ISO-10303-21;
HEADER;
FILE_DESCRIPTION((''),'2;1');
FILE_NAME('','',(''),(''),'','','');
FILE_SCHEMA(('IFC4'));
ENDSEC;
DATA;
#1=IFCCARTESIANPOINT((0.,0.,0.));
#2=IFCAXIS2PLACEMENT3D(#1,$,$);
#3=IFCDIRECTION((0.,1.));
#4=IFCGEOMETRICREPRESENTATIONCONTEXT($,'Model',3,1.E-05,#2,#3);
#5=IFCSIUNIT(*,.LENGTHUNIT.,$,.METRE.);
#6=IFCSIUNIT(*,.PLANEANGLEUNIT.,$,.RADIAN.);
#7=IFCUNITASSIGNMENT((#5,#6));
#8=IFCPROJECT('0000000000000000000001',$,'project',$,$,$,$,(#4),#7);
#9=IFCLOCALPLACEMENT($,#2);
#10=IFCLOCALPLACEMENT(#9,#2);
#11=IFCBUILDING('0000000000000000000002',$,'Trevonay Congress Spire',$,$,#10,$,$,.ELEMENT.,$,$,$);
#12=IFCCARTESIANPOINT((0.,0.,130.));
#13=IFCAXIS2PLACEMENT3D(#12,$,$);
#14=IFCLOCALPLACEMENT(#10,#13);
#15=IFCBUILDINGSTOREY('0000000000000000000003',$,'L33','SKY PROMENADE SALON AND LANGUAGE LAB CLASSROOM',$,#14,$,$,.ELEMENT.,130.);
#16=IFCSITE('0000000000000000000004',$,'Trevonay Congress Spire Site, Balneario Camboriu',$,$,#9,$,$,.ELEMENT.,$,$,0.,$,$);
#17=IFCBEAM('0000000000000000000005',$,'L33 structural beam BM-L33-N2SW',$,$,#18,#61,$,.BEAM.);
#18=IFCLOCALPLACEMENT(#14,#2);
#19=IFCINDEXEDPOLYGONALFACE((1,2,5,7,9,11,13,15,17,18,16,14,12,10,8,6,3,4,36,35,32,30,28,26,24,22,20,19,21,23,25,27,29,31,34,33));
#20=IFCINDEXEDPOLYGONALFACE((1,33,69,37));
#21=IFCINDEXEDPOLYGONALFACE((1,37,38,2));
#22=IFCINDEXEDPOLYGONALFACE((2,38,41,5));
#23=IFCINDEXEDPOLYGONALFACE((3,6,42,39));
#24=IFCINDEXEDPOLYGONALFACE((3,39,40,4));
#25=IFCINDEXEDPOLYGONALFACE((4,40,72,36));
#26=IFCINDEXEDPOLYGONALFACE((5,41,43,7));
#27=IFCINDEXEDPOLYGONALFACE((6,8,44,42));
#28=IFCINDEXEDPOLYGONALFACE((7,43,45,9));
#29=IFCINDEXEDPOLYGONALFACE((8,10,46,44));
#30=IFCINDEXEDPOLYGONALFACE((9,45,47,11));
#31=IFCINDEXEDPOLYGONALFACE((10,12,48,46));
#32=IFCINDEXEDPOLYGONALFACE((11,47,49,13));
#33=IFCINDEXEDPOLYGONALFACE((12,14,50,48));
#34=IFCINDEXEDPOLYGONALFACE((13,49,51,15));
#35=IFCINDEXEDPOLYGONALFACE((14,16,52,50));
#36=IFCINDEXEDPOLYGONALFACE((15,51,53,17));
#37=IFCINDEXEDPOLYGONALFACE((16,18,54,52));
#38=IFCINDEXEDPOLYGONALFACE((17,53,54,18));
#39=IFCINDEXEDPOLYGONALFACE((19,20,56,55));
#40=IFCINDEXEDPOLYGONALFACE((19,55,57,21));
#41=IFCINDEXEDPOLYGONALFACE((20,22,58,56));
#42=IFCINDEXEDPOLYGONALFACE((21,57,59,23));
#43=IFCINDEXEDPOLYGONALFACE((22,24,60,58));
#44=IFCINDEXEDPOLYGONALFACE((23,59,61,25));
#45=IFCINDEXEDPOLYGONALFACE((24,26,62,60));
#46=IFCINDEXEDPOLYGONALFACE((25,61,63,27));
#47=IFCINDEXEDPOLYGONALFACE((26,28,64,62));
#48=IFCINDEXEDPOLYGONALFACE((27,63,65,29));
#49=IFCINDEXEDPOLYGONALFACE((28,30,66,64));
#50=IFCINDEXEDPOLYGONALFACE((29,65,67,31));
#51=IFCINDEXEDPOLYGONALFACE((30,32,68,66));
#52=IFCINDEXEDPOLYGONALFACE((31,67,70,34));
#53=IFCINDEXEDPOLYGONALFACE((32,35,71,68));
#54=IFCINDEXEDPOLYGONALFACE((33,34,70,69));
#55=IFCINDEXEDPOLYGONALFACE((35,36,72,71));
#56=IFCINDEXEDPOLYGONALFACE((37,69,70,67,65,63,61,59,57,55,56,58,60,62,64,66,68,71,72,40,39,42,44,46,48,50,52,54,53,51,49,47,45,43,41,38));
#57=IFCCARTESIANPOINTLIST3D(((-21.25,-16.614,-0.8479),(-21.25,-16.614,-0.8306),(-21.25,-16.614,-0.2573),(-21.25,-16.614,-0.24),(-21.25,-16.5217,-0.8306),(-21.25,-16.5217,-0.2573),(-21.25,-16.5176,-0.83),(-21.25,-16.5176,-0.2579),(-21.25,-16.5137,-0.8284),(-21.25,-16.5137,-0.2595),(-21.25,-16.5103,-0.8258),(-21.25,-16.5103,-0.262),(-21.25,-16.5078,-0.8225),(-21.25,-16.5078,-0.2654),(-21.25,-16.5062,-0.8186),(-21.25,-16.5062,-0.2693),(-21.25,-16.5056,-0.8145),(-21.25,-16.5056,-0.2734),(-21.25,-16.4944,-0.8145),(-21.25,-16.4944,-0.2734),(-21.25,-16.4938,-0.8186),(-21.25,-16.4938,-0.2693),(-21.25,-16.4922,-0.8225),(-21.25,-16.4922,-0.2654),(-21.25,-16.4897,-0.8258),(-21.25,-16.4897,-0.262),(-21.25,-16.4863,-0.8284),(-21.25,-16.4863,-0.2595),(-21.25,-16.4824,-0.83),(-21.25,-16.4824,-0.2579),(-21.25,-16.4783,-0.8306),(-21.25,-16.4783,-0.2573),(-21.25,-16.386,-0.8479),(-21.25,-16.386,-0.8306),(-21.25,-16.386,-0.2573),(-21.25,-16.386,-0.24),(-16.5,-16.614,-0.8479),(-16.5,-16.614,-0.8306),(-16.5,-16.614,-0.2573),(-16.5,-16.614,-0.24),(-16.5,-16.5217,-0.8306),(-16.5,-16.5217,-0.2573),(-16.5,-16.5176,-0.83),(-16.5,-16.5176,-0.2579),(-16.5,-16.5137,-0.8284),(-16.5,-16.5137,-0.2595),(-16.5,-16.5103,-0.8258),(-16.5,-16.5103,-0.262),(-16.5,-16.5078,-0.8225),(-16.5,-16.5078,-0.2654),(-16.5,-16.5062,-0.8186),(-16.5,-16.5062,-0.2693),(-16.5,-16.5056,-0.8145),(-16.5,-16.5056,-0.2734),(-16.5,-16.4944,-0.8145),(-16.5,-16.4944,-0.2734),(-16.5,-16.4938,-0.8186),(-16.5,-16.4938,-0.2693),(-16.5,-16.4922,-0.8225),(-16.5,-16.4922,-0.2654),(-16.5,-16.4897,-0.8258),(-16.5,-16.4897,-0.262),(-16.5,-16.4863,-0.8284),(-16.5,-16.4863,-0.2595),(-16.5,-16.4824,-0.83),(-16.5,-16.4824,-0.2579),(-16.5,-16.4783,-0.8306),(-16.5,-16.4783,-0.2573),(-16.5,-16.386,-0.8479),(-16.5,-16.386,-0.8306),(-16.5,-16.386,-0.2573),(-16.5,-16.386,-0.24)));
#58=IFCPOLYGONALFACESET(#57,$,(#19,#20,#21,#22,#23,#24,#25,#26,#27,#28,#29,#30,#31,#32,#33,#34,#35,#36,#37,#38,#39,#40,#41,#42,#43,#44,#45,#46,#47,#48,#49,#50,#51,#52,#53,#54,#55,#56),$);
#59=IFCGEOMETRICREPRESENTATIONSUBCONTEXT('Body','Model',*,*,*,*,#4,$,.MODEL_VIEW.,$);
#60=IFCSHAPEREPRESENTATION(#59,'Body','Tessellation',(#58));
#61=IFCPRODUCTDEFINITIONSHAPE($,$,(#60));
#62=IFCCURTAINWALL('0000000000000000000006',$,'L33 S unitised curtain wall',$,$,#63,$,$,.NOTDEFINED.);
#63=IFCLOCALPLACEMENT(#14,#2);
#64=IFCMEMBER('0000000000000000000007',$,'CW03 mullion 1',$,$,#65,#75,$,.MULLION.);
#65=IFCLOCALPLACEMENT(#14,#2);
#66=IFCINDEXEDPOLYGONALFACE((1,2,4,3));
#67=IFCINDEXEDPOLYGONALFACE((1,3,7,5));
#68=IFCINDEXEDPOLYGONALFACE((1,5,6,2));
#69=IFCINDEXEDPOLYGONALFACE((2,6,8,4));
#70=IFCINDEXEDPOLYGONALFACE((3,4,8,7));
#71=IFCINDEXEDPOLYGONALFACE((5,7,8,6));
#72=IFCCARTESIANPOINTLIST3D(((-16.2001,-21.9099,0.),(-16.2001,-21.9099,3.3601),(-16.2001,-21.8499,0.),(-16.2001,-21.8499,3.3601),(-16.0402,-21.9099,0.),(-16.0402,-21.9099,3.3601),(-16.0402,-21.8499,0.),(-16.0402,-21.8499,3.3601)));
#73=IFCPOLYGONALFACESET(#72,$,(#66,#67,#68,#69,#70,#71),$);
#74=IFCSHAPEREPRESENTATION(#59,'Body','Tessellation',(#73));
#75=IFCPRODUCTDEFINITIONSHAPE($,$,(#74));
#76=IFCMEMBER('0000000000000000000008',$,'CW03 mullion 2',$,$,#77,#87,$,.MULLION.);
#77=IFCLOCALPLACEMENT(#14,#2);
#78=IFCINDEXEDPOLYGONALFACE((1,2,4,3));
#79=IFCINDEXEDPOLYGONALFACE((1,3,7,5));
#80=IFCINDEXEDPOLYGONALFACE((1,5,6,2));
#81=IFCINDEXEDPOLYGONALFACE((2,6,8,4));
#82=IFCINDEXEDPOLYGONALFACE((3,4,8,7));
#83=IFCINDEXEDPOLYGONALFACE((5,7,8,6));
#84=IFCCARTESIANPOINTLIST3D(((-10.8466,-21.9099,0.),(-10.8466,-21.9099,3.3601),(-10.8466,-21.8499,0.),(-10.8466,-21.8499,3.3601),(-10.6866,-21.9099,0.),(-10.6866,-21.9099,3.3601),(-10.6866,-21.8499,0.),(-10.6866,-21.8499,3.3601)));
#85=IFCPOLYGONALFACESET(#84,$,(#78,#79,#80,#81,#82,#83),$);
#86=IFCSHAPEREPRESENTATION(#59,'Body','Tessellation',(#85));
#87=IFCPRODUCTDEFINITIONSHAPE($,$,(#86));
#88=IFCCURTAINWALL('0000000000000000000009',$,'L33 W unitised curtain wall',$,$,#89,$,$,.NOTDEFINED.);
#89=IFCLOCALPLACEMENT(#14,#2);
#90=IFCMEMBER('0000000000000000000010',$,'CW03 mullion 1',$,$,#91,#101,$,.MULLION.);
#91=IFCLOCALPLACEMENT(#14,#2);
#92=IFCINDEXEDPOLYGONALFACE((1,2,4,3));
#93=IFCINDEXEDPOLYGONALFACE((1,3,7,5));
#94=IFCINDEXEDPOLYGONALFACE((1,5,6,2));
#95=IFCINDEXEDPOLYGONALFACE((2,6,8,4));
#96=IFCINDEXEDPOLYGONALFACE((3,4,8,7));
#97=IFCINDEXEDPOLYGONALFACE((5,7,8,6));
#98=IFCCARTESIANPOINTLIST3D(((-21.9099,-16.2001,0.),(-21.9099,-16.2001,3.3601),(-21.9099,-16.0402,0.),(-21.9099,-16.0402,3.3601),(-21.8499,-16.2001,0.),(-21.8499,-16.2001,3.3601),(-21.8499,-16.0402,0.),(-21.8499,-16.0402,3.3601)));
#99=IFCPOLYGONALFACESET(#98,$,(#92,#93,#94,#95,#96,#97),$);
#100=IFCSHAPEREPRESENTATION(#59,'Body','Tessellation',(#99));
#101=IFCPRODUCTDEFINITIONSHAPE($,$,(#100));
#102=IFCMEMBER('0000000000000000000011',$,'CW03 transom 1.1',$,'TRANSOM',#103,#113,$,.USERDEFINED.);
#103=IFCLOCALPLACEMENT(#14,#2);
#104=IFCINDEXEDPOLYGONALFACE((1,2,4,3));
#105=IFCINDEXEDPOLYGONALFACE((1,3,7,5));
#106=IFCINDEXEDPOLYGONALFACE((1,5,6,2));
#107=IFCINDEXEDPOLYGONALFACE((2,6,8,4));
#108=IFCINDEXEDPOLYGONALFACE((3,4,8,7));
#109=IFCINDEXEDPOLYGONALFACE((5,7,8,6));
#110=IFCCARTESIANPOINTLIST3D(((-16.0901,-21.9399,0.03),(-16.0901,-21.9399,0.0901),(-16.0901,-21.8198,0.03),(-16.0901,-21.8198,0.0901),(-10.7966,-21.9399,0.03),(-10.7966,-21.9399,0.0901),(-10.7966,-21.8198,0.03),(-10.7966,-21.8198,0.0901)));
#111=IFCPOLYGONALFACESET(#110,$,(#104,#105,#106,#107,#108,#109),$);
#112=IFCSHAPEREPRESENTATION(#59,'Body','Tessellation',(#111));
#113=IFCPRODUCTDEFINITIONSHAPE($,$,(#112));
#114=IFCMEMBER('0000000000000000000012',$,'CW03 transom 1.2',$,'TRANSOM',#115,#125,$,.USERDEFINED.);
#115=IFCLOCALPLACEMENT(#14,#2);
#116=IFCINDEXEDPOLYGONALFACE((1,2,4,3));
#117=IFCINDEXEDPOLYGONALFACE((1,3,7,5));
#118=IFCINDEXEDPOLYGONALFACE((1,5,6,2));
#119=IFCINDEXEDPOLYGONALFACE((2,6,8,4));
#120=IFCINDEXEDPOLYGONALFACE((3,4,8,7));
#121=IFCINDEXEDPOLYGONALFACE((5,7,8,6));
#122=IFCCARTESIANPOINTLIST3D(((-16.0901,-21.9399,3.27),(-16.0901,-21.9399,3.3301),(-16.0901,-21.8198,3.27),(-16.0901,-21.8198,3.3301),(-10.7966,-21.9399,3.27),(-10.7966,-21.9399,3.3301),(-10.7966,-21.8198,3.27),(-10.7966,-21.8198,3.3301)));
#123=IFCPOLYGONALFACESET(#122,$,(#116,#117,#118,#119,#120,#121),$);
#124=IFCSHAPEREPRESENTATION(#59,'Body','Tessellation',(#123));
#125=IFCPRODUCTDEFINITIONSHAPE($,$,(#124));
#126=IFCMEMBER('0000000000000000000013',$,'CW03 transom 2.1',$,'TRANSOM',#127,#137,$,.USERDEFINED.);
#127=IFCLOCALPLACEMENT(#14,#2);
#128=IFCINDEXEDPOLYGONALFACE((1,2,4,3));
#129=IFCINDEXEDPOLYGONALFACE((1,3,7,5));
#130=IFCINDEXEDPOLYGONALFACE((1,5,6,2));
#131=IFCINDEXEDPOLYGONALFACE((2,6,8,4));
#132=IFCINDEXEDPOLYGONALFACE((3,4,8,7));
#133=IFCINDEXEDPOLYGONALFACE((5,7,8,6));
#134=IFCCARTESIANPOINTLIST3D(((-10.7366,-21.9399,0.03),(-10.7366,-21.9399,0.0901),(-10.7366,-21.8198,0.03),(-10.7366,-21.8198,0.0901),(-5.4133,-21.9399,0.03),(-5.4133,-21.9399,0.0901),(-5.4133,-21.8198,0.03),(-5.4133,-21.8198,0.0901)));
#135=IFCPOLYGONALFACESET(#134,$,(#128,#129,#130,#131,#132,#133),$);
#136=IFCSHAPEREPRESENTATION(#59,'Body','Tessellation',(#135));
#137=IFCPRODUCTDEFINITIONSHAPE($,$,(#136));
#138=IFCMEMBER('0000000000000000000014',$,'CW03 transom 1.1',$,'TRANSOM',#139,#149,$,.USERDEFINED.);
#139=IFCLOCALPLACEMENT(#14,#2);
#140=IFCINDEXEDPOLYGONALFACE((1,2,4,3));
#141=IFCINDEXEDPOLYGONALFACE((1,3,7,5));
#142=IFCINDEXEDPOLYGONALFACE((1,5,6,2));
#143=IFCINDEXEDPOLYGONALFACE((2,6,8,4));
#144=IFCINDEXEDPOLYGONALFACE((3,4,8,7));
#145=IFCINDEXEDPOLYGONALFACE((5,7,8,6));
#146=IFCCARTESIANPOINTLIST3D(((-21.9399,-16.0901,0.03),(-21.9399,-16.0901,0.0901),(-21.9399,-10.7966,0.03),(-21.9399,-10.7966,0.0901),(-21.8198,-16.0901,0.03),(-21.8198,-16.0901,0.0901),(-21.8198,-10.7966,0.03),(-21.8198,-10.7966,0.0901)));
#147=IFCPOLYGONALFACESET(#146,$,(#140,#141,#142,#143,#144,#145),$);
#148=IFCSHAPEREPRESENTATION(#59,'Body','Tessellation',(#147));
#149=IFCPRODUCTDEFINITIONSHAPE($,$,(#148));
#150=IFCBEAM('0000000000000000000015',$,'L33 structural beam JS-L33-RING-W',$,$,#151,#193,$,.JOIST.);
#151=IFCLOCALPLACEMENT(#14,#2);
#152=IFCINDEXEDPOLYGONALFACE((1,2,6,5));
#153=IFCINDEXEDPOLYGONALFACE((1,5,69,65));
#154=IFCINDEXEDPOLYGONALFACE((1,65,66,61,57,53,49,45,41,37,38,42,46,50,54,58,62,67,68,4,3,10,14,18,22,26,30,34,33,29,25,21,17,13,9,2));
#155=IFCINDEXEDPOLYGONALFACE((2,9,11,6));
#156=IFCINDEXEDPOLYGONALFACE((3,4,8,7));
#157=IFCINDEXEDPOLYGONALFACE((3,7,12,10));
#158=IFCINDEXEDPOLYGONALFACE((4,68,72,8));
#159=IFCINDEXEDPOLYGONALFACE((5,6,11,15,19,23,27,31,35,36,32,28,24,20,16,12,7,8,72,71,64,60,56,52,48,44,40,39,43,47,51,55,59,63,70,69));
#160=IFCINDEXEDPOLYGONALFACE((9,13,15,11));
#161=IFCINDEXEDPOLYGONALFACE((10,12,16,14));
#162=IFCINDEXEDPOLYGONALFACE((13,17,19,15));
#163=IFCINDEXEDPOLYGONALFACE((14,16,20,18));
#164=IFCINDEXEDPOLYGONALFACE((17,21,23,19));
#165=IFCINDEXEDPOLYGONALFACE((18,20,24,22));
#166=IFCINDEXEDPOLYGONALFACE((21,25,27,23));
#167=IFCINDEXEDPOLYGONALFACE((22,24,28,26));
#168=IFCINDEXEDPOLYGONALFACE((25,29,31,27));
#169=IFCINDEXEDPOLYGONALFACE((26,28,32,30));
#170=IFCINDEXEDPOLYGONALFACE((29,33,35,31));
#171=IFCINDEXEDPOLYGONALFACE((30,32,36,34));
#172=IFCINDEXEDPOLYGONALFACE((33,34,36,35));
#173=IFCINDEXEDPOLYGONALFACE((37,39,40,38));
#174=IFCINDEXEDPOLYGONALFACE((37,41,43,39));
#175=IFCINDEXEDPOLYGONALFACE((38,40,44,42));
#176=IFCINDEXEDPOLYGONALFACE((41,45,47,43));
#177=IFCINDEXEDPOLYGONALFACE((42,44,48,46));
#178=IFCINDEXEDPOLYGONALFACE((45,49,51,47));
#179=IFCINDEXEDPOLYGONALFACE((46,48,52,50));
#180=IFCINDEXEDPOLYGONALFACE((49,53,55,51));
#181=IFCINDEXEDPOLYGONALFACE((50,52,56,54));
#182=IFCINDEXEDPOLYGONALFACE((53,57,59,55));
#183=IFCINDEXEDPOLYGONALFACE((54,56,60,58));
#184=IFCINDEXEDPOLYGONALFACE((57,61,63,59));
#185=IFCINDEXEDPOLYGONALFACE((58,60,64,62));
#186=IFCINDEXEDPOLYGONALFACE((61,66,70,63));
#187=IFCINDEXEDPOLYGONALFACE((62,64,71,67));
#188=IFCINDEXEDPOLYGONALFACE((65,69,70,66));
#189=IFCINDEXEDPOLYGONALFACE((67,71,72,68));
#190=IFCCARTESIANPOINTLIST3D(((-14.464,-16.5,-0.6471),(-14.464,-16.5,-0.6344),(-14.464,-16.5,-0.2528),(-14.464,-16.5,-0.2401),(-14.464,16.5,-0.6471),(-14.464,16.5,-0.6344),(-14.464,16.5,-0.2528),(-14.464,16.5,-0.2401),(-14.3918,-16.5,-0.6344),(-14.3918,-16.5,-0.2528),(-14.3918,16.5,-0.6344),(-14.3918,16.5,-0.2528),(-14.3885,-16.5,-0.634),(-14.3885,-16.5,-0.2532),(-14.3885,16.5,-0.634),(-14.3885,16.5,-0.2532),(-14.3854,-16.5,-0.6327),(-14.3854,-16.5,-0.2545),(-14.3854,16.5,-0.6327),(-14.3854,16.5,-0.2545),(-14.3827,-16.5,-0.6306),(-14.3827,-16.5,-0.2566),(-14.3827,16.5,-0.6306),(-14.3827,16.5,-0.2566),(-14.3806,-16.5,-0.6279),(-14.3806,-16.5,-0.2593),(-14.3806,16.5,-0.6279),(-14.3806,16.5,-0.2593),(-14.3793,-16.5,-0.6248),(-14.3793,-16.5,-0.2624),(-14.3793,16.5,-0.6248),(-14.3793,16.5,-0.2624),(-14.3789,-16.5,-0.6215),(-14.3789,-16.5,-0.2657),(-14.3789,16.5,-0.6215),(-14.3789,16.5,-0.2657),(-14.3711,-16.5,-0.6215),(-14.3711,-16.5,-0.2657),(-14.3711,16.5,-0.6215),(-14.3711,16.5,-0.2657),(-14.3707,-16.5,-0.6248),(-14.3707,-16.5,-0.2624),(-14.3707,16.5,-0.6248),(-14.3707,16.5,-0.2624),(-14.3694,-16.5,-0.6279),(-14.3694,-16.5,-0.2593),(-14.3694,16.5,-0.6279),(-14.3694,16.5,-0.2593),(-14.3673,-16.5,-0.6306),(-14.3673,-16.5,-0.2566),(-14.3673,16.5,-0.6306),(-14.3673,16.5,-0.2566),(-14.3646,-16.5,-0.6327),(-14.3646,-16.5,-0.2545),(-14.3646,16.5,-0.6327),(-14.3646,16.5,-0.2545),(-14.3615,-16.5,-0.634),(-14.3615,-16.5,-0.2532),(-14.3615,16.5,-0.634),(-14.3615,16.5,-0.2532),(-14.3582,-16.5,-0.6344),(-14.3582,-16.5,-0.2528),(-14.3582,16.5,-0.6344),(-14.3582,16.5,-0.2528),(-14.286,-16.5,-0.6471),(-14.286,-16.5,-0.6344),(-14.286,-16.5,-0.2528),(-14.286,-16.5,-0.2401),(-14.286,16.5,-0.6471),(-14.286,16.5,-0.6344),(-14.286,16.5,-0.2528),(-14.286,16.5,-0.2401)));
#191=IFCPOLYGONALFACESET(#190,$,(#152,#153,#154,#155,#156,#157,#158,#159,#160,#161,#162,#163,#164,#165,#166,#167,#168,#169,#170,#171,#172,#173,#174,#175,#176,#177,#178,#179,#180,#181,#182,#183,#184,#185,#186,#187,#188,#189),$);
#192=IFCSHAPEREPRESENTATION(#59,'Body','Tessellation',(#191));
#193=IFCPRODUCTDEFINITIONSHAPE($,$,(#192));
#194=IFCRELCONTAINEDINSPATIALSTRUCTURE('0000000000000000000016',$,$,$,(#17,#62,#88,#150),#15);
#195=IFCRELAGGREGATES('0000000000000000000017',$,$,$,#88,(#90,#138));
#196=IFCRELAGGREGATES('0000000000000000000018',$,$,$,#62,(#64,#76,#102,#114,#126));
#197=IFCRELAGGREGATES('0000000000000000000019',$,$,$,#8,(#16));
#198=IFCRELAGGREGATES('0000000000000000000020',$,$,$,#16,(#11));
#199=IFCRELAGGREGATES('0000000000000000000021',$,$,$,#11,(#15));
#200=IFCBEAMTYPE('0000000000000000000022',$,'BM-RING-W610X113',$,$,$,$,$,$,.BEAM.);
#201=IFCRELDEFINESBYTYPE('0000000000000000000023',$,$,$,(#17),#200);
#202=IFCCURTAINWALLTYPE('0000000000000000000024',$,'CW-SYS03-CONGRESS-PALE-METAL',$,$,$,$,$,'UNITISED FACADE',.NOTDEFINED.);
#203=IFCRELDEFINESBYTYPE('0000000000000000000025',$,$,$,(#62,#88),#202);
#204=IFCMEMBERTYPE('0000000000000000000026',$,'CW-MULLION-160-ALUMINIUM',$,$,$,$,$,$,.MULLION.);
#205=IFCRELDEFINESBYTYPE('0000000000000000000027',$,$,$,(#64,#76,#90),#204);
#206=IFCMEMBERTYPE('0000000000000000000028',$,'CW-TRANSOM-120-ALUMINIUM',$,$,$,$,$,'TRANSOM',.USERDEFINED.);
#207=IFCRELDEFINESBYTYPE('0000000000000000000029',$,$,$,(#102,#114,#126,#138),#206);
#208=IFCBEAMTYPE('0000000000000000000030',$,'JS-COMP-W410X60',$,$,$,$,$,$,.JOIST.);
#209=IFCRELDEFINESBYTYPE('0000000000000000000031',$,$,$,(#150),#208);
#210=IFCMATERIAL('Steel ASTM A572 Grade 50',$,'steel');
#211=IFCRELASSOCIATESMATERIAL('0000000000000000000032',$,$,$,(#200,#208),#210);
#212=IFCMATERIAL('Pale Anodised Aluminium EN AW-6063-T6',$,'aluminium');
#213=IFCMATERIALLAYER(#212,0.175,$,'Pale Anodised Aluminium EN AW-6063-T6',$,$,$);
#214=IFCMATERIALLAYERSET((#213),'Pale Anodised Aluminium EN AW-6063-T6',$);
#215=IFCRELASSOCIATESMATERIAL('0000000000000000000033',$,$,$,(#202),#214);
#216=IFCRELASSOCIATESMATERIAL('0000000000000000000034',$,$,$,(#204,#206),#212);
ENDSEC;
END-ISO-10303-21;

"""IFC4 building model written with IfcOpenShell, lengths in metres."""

from ifc_helpers import new_model, si_unit, direction, frame, origin, origin_2d, place, context, subcontext, project, spatial, rectangle, i_section, extrude, material, layer, layer_set, material_profile, profile_set, type_object, element, aggregate, save


model = new_model("IFC4")

# Units and contexts
model_context = context("Model", 3, precision=1e-05, world=origin(), true_north=direction((0.0, 1.0)))
body_context = subcontext(model_context, "Body", "Model", "MODEL_VIEW")
ifc_project = project(units=[si_unit("LENGTHUNIT", "METRE"), si_unit("PLANEANGLEUNIT", "RADIAN")], contexts=[model_context])

# Site, building, storey
site_placement = place(None, origin())
site = spatial("IfcSite", under=ifc_project, at=site_placement, Name="Trevonay Congress Spire Site, Balneario Camboriu", CompositionType="ELEMENT", RefElevation=0.0)
building_placement = place(site_placement, origin())
building = spatial("IfcBuilding", under=site, at=building_placement, Name="Trevonay Congress Spire", CompositionType="ELEMENT")
storey_placement = place(building_placement, frame((0.0, 0.0, 130.0)))
storey = spatial("IfcBuildingStorey", under=building, at=storey_placement, Name="L33", Description="SKY PROMENADE SALON AND LANGUAGE LAB CLASSROOM", CompositionType="ELEMENT", Elevation=130.0)

# Shared definitions
ifc_material_1 = material(Name="Steel ASTM A572 Grade 50", Category="steel")

# Beam
ifc_material_profile_1 = material_profile(ifc_material_1, i_section(OverallWidth=0.228, OverallDepth=0.6079, WebThickness=0.0112, FlangeThickness=0.0173, FilletRadius=0.0161, at=origin_2d()), Name="W610x113")
ifc_profile_set_1 = profile_set([ifc_material_profile_1], Name="Steel ASTM A572 Grade 50")
beam_type_1 = type_object("IfcBeamType", Name="BM-RING-W610X113", PredefinedType="BEAM", material=ifc_profile_set_1)
for number, where, z_axis, x_axis, name in (
    (1, (-21.25, -16.5, -0.5439), (1.0, 0.0, 0.0), (0.0, 1.0, 0.0), "L33 structural beam BM-L33-N2SW"),
):
    element("IfcBeam", number, at=place(storey_placement, frame(where, z_axis=z_axis, x_axis=x_axis)), inside=storey, type_object=beam_type_1, Name=name, PredefinedType="BEAM", context=body_context, shape_type="SweptSolid", body=[
        extrude(i_section(OverallWidth=0.228, OverallDepth=0.6079, WebThickness=0.0112, FlangeThickness=0.0173, FilletRadius=0.0161, at=origin_2d()), origin(), (0.0, 0.0, 1.0), 4.75),
    ])

# Curtain wall, members
ifc_material_2 = material(Name="Pale Anodised Aluminium EN AW-6063-T6", Category="aluminium")
ifc_layer_1 = layer(ifc_material_2, 0.175, Name="Pale Anodised Aluminium EN AW-6063-T6")
ifc_layer_set_1 = layer_set([ifc_layer_1], Name="Pale Anodised Aluminium EN AW-6063-T6")
curtain_wall_type = type_object("IfcCurtainWallType", Name="CW-SYS03-CONGRESS-PALE-METAL", ElementType="UNITISED FACADE", PredefinedType="NOTDEFINED", material=ifc_layer_set_1)
curtain_wall_1_placement = place(storey_placement, origin())
curtain_wall_1 = element("IfcCurtainWall", 2, at=curtain_wall_1_placement, inside=storey, type_object=curtain_wall_type, Name="L33 S unitised curtain wall", PredefinedType="NOTDEFINED")
ifc_material_profile_2 = material_profile(ifc_material_2, rectangle(XDim=0.0601, YDim=0.1599, at=origin_2d()), Name="CW-MULLION-160-ALUMINIUM")
ifc_profile_set_2 = profile_set([ifc_material_profile_2], Name="Pale Anodised Aluminium EN AW-6063-T6")
member_type_1 = type_object("IfcMemberType", Name="CW-MULLION-160-ALUMINIUM", PredefinedType="MULLION", material=ifc_profile_set_2)
member_1_placement = place(storey_placement, frame((-16.1201, -21.8799, 0.0), z_axis=(0.0, 0.0, 1.0), x_axis=(0.0, 1.0, 0.0)))
member_1 = element("IfcMember", 3, at=member_1_placement, type_object=member_type_1, Name="CW03 mullion 1", PredefinedType="MULLION", context=body_context, shape_type="SweptSolid", body=[
    extrude(rectangle(XDim=0.0601, YDim=0.1599, at=origin_2d()), origin(), (0.0, 0.0, 1.0), 3.3601),
])
member_2_placement = place(storey_placement, frame((-10.7666, -21.8799, 0.0), z_axis=(0.0, 0.0, 1.0), x_axis=(0.0, 1.0, 0.0)))
member_2 = element("IfcMember", 4, at=member_2_placement, type_object=member_type_1, Name="CW03 mullion 2", PredefinedType="MULLION", context=body_context, shape_type="SweptSolid", body=[
    extrude(rectangle(XDim=0.0601, YDim=0.1599, at=origin_2d()), origin(), (0.0, 0.0, 1.0), 3.3601),
])

# Curtain wall, member
curtain_wall_2_placement = place(storey_placement, origin())
curtain_wall_2 = element("IfcCurtainWall", 5, at=curtain_wall_2_placement, inside=storey, type_object=curtain_wall_type, Name="L33 W unitised curtain wall", PredefinedType="NOTDEFINED")
member_3_placement = place(storey_placement, frame((-21.8799, -16.1201, 0.0), z_axis=(0.0, 0.0, 1.0), x_axis=(-1.0, 0.0, 0.0)))
member_3 = element("IfcMember", 6, at=member_3_placement, type_object=member_type_1, Name="CW03 mullion 1", PredefinedType="MULLION", context=body_context, shape_type="SweptSolid", body=[
    extrude(rectangle(XDim=0.0601, YDim=0.1599, at=origin_2d()), origin(), (0.0, 0.0, 1.0), 3.3601),
])

# Members
ifc_material_profile_3 = material_profile(ifc_material_2, rectangle(XDim=0.1201, YDim=0.0601, at=origin_2d()), Name="CW-TRANSOM-120-ALUMINIUM")
ifc_profile_set_3 = profile_set([ifc_material_profile_3], Name="Pale Anodised Aluminium EN AW-6063-T6")
member_type_2 = type_object("IfcMemberType", Name="CW-TRANSOM-120-ALUMINIUM", ElementType="TRANSOM", PredefinedType="USERDEFINED", material=ifc_profile_set_3)
member_4_placement = place(storey_placement, frame((-16.0901, -21.8799, 0.0601), z_axis=(1.0, 0.0, 0.0), x_axis=(0.0, 1.0, 0.0)))
member_4 = element("IfcMember", 7, at=member_4_placement, type_object=member_type_2, Name="CW03 transom 1.1", ObjectType="TRANSOM", PredefinedType="USERDEFINED", context=body_context, shape_type="SweptSolid", body=[
    extrude(rectangle(XDim=0.1201, YDim=0.0601, at=origin_2d()), origin(), (0.0, 0.0, 1.0), 5.2935),
])
member_5_placement = place(storey_placement, frame((-16.0901, -21.8799, 3.3), z_axis=(1.0, 0.0, 0.0), x_axis=(0.0, 1.0, 0.0)))
member_5 = element("IfcMember", 8, at=member_5_placement, type_object=member_type_2, Name="CW03 transom 1.2", ObjectType="TRANSOM", PredefinedType="USERDEFINED", context=body_context, shape_type="SweptSolid", body=[
    extrude(rectangle(XDim=0.1201, YDim=0.0601, at=origin_2d()), origin(), (0.0, 0.0, 1.0), 5.2935),
])
member_6_placement = place(storey_placement, frame((-10.7366, -21.8799, 0.0601), z_axis=(1.0, 0.0, 0.0), x_axis=(0.0, 1.0, 0.0)))
member_6 = element("IfcMember", 9, at=member_6_placement, type_object=member_type_2, Name="CW03 transom 2.1", ObjectType="TRANSOM", PredefinedType="USERDEFINED", context=body_context, shape_type="SweptSolid", body=[
    extrude(rectangle(XDim=0.1201, YDim=0.0601, at=origin_2d()), origin(), (0.0, 0.0, 1.0), 5.3232),
])
member_7_placement = place(storey_placement, frame((-21.8799, -16.0901, 0.0601), z_axis=(0.0, 1.0, 0.0), x_axis=(-1.0, 0.0, 0.0)))
member_7 = element("IfcMember", 10, at=member_7_placement, type_object=member_type_2, Name="CW03 transom 1.1", ObjectType="TRANSOM", PredefinedType="USERDEFINED", context=body_context, shape_type="SweptSolid", body=[
    extrude(rectangle(XDim=0.1201, YDim=0.0601, at=origin_2d()), origin(), (0.0, 0.0, 1.0), 5.2935),
])
aggregate(curtain_wall_2, [member_3, member_7])

# Beam
ifc_material_profile_4 = material_profile(ifc_material_1, i_section(OverallWidth=0.178, OverallDepth=0.407, WebThickness=0.0078, FlangeThickness=0.0127, FilletRadius=0.0129, at=origin_2d()), Name="W410x60")
ifc_profile_set_4 = profile_set([ifc_material_profile_4], Name="Steel ASTM A572 Grade 50")
beam_type_2 = type_object("IfcBeamType", Name="JS-COMP-W410X60", PredefinedType="JOIST", material=ifc_profile_set_4)
beam_placement = place(storey_placement, frame((-14.375, -16.5, -0.4436), z_axis=(0.0, 1.0, 0.0), x_axis=(-1.0, 0.0, 0.0)))
element("IfcBeam", 11, at=beam_placement, inside=storey, type_object=beam_type_2, Name="L33 structural beam JS-L33-RING-W", PredefinedType="JOIST", context=body_context, shape_type="SweptSolid", body=[
    extrude(i_section(OverallWidth=0.178, OverallDepth=0.407, WebThickness=0.0078, FlangeThickness=0.0127, FilletRadius=0.0129, at=origin_2d()), origin(), (0.0, 0.0, 1.0), 33.0),
])

aggregate(curtain_wall_1, [member_1, member_2, member_4, member_5, member_6])

save(model, "model.ifc")
